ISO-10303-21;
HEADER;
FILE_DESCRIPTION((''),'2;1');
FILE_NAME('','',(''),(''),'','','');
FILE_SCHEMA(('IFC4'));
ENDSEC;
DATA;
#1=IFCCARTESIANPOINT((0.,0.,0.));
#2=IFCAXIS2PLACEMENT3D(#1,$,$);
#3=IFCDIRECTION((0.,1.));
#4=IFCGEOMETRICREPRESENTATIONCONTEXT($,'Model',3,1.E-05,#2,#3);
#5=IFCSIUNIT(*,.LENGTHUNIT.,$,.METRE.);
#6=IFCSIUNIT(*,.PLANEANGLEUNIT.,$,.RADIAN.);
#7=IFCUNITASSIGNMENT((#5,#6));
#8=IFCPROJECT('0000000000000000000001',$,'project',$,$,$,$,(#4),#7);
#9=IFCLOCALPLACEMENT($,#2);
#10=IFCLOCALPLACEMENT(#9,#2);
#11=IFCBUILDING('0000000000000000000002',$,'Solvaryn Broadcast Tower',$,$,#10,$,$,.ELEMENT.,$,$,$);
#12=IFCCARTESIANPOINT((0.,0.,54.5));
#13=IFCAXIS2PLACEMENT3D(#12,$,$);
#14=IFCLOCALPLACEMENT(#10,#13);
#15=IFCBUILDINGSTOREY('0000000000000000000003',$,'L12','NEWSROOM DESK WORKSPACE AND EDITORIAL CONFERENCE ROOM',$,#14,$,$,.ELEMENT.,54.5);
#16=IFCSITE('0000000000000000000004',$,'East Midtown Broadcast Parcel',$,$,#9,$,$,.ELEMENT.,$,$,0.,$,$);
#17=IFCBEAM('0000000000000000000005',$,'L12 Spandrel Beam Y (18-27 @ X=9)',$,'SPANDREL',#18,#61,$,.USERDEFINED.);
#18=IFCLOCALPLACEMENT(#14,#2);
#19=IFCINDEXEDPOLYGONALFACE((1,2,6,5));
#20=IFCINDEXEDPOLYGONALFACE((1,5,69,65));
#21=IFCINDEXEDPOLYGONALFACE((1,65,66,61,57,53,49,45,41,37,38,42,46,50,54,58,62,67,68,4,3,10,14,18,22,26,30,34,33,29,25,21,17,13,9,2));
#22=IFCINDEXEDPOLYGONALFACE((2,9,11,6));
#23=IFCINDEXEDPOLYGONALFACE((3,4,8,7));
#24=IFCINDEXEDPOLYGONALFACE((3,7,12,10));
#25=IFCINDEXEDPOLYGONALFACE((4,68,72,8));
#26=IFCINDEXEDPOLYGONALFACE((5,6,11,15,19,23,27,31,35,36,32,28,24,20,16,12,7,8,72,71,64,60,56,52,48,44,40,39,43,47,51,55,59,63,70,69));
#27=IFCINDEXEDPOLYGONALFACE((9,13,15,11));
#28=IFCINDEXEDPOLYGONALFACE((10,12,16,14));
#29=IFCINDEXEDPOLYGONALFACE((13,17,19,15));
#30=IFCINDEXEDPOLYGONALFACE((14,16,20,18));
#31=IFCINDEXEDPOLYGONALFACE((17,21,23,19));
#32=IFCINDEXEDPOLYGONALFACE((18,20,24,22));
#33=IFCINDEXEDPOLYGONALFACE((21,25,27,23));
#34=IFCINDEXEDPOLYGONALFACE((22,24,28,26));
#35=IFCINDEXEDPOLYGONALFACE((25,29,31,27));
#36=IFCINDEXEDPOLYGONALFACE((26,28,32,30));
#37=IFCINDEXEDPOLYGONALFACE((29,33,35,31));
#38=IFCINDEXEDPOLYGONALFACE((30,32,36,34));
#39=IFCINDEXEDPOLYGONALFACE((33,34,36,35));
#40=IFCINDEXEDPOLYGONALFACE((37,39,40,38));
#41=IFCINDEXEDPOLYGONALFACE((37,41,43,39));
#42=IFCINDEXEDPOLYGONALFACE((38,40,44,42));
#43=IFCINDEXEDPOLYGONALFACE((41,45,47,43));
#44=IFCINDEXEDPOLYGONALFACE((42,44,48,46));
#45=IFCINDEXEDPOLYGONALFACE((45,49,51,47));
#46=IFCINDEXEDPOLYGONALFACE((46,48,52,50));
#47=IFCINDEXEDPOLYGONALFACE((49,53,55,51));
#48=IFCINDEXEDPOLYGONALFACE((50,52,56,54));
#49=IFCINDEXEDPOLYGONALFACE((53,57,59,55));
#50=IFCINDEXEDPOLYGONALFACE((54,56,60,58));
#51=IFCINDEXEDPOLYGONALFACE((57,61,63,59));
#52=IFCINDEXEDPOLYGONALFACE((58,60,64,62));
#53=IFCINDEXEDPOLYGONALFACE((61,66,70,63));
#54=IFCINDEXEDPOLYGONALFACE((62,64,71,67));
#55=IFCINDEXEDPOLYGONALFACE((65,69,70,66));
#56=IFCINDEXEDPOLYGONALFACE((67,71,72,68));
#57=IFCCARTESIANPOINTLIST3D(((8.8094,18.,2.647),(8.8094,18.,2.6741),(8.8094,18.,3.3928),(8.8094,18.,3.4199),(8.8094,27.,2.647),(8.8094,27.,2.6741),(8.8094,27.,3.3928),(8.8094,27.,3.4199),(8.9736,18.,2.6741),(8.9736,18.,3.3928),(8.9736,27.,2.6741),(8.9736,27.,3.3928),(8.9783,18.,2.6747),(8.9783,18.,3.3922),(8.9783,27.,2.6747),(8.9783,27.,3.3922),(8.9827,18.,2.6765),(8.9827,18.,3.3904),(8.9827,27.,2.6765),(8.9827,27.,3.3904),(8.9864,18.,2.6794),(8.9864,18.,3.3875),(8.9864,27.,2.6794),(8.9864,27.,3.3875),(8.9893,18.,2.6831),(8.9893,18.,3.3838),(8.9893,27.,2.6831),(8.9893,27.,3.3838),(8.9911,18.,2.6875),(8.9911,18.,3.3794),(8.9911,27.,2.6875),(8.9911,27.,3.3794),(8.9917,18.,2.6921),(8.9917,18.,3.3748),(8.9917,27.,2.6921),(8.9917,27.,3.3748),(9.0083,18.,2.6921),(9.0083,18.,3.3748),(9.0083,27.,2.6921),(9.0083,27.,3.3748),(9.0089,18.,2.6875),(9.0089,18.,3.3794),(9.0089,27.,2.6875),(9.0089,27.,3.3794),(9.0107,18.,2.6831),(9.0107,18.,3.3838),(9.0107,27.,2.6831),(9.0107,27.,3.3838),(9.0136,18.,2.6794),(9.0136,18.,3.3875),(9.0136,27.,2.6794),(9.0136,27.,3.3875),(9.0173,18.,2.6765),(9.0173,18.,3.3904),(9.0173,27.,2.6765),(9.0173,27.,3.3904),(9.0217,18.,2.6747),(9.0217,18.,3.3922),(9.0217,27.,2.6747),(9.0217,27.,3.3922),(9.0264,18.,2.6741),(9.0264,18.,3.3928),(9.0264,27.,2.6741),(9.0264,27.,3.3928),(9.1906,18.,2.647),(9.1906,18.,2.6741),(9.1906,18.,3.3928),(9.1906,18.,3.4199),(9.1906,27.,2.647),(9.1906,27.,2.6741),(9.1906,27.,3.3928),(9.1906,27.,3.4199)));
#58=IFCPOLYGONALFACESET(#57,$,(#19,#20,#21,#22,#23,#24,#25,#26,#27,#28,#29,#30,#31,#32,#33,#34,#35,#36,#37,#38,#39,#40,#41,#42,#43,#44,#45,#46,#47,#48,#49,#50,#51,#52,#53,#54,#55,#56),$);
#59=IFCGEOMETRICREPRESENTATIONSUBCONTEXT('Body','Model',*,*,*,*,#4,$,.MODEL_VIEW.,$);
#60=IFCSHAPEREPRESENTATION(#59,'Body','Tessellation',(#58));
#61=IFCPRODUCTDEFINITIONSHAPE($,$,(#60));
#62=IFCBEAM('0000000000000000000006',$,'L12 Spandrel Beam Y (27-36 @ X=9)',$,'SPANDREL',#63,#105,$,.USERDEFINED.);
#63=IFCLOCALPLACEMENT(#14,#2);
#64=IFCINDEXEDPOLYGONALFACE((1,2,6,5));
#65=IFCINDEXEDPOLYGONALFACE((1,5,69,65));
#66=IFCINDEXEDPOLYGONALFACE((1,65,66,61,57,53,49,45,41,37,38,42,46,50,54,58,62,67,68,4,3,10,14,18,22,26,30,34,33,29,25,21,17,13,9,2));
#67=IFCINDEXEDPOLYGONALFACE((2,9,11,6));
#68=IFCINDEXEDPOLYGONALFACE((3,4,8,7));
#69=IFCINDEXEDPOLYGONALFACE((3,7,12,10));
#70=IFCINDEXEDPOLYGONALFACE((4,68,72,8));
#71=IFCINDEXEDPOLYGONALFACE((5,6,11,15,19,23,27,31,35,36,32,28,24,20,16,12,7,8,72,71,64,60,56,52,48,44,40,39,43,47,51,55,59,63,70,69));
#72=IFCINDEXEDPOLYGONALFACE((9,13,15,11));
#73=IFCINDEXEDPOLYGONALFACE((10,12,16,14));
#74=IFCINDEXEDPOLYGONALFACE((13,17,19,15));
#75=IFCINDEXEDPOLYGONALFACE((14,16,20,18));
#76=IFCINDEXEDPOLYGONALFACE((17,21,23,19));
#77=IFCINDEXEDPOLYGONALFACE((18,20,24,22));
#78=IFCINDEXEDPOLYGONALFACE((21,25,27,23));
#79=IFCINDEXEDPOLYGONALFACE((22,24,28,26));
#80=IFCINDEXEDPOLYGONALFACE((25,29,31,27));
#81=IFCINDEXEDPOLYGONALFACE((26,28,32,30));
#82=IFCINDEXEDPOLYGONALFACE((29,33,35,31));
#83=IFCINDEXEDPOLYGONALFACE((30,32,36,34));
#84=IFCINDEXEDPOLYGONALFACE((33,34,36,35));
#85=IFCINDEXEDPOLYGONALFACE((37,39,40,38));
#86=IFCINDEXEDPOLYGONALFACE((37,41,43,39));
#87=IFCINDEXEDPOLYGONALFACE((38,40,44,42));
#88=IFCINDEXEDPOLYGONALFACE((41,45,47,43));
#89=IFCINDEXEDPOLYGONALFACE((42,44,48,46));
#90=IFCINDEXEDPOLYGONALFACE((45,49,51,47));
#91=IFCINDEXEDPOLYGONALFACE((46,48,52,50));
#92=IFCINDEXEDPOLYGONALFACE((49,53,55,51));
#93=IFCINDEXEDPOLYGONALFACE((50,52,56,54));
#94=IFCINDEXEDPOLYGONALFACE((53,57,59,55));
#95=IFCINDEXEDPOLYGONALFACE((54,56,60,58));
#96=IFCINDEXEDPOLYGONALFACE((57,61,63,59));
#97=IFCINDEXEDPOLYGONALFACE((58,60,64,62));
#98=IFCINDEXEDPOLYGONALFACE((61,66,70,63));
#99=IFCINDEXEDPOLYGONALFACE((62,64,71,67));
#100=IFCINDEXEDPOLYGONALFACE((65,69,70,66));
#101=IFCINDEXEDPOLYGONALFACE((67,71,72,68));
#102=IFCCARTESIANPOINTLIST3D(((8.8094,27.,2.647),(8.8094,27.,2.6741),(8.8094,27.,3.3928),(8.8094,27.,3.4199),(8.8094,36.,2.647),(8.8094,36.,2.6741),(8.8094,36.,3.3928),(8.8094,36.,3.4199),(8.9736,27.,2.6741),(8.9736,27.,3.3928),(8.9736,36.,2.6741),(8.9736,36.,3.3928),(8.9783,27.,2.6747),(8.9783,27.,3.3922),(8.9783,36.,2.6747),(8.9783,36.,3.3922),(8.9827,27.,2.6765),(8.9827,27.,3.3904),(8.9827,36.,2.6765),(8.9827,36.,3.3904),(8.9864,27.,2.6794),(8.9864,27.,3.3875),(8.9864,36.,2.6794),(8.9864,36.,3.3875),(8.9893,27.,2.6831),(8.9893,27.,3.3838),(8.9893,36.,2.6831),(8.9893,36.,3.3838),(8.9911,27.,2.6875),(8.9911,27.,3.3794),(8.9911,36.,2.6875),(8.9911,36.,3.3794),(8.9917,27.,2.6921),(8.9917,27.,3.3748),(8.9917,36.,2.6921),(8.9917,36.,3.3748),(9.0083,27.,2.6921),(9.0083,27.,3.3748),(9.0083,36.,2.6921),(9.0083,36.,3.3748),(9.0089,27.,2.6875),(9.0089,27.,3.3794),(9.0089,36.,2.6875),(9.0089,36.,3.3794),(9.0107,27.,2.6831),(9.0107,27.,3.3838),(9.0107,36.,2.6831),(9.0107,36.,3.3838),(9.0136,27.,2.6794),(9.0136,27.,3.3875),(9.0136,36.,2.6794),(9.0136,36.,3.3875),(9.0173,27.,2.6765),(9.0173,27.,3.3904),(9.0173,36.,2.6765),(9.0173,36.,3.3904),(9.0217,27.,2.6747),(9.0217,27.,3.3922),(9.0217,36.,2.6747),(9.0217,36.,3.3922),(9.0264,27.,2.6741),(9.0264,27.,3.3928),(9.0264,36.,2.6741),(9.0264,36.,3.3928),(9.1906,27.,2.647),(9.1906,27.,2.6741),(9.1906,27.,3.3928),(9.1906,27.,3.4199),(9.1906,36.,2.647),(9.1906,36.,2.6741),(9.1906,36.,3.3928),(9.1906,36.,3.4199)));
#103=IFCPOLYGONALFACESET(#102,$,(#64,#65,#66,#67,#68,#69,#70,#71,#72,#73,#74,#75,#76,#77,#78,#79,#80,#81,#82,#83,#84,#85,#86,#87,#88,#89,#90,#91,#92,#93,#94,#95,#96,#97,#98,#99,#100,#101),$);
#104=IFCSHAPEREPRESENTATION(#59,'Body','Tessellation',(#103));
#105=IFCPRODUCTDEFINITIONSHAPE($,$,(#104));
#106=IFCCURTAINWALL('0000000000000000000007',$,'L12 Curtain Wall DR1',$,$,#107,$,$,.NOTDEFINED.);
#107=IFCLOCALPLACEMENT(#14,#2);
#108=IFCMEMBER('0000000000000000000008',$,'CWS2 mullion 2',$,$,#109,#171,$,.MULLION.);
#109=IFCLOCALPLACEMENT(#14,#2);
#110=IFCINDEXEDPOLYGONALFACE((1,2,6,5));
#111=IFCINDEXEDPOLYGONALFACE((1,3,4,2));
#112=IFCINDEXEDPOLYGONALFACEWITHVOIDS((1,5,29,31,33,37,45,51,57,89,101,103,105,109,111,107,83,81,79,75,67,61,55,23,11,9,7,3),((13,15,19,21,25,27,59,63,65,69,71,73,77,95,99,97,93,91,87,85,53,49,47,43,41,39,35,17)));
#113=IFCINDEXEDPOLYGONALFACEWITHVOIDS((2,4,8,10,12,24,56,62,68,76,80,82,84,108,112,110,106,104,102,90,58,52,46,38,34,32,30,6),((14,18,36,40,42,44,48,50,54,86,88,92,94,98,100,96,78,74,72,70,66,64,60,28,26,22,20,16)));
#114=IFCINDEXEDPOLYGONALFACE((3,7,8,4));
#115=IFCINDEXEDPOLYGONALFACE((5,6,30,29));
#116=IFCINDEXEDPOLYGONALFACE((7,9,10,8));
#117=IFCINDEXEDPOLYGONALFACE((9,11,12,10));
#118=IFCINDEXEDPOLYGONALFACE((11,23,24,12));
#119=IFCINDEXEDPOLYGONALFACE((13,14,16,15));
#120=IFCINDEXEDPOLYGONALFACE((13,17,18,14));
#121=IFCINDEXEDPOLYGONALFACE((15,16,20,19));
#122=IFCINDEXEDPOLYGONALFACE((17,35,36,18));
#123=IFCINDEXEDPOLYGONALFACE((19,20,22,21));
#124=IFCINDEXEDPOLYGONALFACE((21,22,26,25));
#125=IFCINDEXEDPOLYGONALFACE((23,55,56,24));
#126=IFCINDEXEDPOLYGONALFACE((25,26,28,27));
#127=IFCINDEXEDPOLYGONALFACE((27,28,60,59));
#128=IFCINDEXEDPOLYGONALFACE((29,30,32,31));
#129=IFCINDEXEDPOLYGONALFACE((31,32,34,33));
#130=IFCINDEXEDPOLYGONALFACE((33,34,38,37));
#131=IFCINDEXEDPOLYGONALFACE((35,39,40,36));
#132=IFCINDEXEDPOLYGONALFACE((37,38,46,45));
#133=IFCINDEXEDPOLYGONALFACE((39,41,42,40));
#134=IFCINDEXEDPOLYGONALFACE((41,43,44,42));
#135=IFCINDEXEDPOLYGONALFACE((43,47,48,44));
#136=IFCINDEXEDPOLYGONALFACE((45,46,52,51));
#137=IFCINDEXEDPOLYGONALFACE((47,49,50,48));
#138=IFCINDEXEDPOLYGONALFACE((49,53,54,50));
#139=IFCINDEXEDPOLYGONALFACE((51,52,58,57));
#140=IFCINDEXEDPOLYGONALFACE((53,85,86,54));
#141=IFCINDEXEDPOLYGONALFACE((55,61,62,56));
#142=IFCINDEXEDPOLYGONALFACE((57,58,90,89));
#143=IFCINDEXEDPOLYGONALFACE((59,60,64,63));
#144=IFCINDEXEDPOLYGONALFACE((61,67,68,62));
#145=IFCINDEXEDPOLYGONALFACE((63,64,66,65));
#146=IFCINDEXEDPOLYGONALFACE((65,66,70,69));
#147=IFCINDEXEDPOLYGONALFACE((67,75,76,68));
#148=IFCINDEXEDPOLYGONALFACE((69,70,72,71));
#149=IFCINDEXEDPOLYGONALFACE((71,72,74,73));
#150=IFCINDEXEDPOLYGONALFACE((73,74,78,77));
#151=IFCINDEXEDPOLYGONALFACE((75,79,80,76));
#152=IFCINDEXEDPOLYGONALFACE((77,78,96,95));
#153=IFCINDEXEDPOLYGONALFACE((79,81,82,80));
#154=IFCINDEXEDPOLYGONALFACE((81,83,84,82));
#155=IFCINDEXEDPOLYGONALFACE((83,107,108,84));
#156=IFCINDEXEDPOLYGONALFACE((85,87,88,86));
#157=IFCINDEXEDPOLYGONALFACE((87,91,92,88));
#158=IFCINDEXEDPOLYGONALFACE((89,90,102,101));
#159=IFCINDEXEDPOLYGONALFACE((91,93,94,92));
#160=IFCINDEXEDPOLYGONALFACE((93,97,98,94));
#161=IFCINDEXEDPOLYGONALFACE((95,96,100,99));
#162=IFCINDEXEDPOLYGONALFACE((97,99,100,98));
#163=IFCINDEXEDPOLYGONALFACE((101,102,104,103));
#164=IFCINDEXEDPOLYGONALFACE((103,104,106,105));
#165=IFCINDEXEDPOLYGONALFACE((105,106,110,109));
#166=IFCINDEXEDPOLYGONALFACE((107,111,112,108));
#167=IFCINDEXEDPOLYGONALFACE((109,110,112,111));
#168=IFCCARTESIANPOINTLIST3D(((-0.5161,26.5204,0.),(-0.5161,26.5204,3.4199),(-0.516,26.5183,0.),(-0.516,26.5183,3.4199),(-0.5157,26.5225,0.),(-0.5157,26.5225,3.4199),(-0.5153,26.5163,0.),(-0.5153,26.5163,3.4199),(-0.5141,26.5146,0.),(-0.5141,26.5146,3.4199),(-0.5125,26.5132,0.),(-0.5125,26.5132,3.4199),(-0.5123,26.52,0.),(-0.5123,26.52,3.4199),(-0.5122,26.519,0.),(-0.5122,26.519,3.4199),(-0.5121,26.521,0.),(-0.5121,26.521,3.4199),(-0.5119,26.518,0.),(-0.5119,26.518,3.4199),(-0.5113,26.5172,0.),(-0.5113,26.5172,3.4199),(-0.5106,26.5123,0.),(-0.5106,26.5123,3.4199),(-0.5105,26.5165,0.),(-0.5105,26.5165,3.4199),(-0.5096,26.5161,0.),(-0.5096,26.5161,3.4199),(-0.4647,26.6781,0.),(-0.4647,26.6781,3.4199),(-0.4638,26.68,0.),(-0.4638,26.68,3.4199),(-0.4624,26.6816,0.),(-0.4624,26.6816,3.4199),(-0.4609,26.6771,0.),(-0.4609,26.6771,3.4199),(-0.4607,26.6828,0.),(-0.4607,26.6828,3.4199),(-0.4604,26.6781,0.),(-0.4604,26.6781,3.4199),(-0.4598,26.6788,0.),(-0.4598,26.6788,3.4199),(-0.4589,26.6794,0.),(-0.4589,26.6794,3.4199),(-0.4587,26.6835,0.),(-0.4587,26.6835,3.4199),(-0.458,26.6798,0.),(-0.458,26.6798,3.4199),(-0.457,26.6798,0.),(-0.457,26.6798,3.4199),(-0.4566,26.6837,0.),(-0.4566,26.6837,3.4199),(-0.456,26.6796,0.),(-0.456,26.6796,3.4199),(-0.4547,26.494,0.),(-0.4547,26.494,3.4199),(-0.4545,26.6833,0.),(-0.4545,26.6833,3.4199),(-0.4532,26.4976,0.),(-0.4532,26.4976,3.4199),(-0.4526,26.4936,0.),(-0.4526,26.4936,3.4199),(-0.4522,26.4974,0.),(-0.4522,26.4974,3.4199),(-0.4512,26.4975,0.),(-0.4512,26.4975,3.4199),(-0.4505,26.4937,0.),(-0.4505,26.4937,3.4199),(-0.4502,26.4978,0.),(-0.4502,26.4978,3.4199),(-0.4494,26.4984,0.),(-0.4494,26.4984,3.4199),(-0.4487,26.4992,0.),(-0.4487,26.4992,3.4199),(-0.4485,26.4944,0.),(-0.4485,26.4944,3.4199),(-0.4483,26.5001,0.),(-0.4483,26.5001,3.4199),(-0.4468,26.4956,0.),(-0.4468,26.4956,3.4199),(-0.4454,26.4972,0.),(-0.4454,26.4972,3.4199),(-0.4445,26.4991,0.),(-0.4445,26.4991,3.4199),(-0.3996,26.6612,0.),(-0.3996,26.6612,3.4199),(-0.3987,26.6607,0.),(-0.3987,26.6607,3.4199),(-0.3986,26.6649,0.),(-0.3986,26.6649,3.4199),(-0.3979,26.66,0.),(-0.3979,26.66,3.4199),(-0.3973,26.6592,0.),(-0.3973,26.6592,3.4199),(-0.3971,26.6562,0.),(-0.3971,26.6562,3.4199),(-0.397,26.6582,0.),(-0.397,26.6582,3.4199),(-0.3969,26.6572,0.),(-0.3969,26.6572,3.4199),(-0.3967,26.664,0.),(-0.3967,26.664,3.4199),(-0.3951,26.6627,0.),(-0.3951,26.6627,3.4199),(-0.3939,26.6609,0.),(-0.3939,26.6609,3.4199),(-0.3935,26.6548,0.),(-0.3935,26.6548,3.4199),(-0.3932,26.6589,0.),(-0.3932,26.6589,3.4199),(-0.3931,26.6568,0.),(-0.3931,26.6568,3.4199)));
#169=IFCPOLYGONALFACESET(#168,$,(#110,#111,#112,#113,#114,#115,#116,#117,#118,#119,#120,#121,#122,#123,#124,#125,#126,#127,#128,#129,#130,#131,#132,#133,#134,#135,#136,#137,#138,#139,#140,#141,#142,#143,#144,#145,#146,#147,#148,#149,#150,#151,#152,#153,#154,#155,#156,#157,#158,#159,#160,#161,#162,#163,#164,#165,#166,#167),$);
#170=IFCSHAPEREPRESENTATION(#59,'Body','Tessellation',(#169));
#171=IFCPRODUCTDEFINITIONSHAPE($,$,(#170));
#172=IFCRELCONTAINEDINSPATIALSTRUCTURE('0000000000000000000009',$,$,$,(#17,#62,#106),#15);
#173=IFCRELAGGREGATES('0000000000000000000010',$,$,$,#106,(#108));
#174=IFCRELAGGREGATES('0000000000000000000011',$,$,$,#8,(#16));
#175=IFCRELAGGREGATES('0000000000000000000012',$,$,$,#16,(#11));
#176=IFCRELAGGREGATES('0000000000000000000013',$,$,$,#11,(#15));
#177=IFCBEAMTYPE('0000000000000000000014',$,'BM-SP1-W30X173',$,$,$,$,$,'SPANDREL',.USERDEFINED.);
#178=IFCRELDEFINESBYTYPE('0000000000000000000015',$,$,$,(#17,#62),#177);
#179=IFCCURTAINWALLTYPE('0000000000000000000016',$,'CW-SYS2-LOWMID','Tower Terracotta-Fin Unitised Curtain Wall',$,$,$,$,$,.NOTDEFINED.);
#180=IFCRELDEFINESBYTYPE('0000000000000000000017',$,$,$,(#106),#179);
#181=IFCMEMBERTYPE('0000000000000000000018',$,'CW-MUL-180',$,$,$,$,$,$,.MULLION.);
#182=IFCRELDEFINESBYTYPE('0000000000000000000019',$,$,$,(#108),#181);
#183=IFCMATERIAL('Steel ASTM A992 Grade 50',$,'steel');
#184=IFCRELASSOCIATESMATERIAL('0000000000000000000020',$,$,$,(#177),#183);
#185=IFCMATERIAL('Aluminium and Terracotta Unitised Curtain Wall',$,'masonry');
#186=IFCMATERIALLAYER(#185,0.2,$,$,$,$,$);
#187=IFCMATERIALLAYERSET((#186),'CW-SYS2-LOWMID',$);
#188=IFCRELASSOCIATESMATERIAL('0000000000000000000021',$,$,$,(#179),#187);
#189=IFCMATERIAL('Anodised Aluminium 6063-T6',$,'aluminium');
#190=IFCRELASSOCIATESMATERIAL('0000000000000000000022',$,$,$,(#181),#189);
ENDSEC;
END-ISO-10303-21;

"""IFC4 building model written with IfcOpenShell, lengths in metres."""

from ifc_helpers import new_model, si_unit, direction, frame, origin, origin_2d, place, context, subcontext, project, spatial, hollow_rectangle, i_section, extrude, material, layer, layer_set, material_profile, profile_set, type_object, element, aggregate, save


model = new_model("IFC4")

# Units and contexts
model_context = context("Model", 3, precision=1e-05, world=origin(), true_north=direction((0.0, 1.0)))
body_context = subcontext(model_context, "Body", "Model", "MODEL_VIEW")
ifc_project = project(units=[si_unit("LENGTHUNIT", "METRE"), si_unit("PLANEANGLEUNIT", "RADIAN")], contexts=[model_context])

# Site, building, storey
site_placement = place(None, origin())
site = spatial("IfcSite", under=ifc_project, at=site_placement, Name="East Midtown Broadcast Parcel", CompositionType="ELEMENT", RefElevation=0.0)
building_placement = place(site_placement, origin())
building = spatial("IfcBuilding", under=site, at=building_placement, Name="Solvaryn Broadcast Tower", CompositionType="ELEMENT")
storey_placement = place(building_placement, frame((0.0, 0.0, 54.5)))
storey = spatial("IfcBuildingStorey", under=building, at=storey_placement, Name="L12", Description="NEWSROOM DESK WORKSPACE AND EDITORIAL CONFERENCE ROOM", CompositionType="ELEMENT", Elevation=54.5)

# Beams
ifc_material_1 = material(Name="Steel ASTM A992 Grade 50", Category="steel")
ifc_material_profile_1 = material_profile(ifc_material_1, i_section(OverallWidth=0.3811, OverallDepth=0.7729, WebThickness=0.0166, FlangeThickness=0.0271, FilletRadius=0.0181, at=origin_2d()))
ifc_profile_set_1 = profile_set([ifc_material_profile_1], Name="Steel ASTM A992 Grade 50")
beam_type_1 = type_object("IfcBeamType", Name="BM-SP1-W30X173", ElementType="SPANDREL", PredefinedType="USERDEFINED", material=ifc_profile_set_1)
for number, where, z_axis, x_axis, name in (
    (1, (9.0, 18.0, 3.0334), (0.0, 1.0, 0.0), (-1.0, 0.0, 0.0), "L12 Spandrel Beam Y (18-27 @ X=9)"),
    (2, (9.0, 27.0, 3.0334), (0.0, 1.0, 0.0), (-1.0, 0.0, 0.0), "L12 Spandrel Beam Y (27-36 @ X=9)"),
):
    element("IfcBeam", number, at=place(storey_placement, frame(where, z_axis=z_axis, x_axis=x_axis)), inside=storey, type_object=beam_type_1, Name=name, ObjectType="SPANDREL", PredefinedType="USERDEFINED", context=body_context, shape_type="SweptSolid", body=[
        extrude(i_section(OverallWidth=0.3811, OverallDepth=0.7729, WebThickness=0.0166, FlangeThickness=0.0271, FilletRadius=0.0181, at=origin_2d()), origin(), (0.0, 0.0, 1.0), 9.0),
    ])

# Curtain wall, member
ifc_material_2 = material(Name="Aluminium and Terracotta Unitised Curtain Wall", Category="masonry")
ifc_layer_1 = layer(ifc_material_2, 0.2)
ifc_layer_set_1 = layer_set([ifc_layer_1], Name="CW-SYS2-LOWMID")
curtain_wall_type = type_object("IfcCurtainWallType", Name="CW-SYS2-LOWMID", Description="Tower Terracotta-Fin Unitised Curtain Wall", PredefinedType="NOTDEFINED", material=ifc_layer_set_1)
curtain_wall_1_placement = place(storey_placement, origin())
curtain_wall_1 = element("IfcCurtainWall", 3, at=curtain_wall_1_placement, inside=storey, type_object=curtain_wall_type, Name="L12 Curtain Wall DR1", PredefinedType="NOTDEFINED")
ifc_material_3 = material(Name="Anodised Aluminium 6063-T6", Category="aluminium")
ifc_material_profile_2 = material_profile(ifc_material_3, hollow_rectangle(XDim=0.075, YDim=0.1799, WallThickness=0.0039, InnerFilletRadius=0.0039, OuterFilletRadius=0.0081, at=origin_2d()))
ifc_profile_set_2 = profile_set([ifc_material_profile_2], Name="Anodised Aluminium 6063-T6")
member_type_1 = type_object("IfcMemberType", Name="CW-MUL-180", PredefinedType="MULLION", material=ifc_profile_set_2)
member_1_placement = place(storey_placement, frame((-0.4546, 26.5886, 0.0), z_axis=(0.0, 0.0, 1.0), x_axis=(0.950215, -0.311594, 0.0)))
member_1 = element("IfcMember", 4, at=member_1_placement, type_object=member_type_1, Name="CWS2 mullion 2", PredefinedType="MULLION", context=body_context, shape_type="SweptSolid", body=[
    extrude(hollow_rectangle(XDim=0.075, YDim=0.1799, WallThickness=0.0039, InnerFilletRadius=0.0039, OuterFilletRadius=0.0081, at=origin_2d()), origin(), (0.0, 0.0, 1.0), 3.4199),
])
aggregate(curtain_wall_1, [member_1])

save(model, "model.ifc")
